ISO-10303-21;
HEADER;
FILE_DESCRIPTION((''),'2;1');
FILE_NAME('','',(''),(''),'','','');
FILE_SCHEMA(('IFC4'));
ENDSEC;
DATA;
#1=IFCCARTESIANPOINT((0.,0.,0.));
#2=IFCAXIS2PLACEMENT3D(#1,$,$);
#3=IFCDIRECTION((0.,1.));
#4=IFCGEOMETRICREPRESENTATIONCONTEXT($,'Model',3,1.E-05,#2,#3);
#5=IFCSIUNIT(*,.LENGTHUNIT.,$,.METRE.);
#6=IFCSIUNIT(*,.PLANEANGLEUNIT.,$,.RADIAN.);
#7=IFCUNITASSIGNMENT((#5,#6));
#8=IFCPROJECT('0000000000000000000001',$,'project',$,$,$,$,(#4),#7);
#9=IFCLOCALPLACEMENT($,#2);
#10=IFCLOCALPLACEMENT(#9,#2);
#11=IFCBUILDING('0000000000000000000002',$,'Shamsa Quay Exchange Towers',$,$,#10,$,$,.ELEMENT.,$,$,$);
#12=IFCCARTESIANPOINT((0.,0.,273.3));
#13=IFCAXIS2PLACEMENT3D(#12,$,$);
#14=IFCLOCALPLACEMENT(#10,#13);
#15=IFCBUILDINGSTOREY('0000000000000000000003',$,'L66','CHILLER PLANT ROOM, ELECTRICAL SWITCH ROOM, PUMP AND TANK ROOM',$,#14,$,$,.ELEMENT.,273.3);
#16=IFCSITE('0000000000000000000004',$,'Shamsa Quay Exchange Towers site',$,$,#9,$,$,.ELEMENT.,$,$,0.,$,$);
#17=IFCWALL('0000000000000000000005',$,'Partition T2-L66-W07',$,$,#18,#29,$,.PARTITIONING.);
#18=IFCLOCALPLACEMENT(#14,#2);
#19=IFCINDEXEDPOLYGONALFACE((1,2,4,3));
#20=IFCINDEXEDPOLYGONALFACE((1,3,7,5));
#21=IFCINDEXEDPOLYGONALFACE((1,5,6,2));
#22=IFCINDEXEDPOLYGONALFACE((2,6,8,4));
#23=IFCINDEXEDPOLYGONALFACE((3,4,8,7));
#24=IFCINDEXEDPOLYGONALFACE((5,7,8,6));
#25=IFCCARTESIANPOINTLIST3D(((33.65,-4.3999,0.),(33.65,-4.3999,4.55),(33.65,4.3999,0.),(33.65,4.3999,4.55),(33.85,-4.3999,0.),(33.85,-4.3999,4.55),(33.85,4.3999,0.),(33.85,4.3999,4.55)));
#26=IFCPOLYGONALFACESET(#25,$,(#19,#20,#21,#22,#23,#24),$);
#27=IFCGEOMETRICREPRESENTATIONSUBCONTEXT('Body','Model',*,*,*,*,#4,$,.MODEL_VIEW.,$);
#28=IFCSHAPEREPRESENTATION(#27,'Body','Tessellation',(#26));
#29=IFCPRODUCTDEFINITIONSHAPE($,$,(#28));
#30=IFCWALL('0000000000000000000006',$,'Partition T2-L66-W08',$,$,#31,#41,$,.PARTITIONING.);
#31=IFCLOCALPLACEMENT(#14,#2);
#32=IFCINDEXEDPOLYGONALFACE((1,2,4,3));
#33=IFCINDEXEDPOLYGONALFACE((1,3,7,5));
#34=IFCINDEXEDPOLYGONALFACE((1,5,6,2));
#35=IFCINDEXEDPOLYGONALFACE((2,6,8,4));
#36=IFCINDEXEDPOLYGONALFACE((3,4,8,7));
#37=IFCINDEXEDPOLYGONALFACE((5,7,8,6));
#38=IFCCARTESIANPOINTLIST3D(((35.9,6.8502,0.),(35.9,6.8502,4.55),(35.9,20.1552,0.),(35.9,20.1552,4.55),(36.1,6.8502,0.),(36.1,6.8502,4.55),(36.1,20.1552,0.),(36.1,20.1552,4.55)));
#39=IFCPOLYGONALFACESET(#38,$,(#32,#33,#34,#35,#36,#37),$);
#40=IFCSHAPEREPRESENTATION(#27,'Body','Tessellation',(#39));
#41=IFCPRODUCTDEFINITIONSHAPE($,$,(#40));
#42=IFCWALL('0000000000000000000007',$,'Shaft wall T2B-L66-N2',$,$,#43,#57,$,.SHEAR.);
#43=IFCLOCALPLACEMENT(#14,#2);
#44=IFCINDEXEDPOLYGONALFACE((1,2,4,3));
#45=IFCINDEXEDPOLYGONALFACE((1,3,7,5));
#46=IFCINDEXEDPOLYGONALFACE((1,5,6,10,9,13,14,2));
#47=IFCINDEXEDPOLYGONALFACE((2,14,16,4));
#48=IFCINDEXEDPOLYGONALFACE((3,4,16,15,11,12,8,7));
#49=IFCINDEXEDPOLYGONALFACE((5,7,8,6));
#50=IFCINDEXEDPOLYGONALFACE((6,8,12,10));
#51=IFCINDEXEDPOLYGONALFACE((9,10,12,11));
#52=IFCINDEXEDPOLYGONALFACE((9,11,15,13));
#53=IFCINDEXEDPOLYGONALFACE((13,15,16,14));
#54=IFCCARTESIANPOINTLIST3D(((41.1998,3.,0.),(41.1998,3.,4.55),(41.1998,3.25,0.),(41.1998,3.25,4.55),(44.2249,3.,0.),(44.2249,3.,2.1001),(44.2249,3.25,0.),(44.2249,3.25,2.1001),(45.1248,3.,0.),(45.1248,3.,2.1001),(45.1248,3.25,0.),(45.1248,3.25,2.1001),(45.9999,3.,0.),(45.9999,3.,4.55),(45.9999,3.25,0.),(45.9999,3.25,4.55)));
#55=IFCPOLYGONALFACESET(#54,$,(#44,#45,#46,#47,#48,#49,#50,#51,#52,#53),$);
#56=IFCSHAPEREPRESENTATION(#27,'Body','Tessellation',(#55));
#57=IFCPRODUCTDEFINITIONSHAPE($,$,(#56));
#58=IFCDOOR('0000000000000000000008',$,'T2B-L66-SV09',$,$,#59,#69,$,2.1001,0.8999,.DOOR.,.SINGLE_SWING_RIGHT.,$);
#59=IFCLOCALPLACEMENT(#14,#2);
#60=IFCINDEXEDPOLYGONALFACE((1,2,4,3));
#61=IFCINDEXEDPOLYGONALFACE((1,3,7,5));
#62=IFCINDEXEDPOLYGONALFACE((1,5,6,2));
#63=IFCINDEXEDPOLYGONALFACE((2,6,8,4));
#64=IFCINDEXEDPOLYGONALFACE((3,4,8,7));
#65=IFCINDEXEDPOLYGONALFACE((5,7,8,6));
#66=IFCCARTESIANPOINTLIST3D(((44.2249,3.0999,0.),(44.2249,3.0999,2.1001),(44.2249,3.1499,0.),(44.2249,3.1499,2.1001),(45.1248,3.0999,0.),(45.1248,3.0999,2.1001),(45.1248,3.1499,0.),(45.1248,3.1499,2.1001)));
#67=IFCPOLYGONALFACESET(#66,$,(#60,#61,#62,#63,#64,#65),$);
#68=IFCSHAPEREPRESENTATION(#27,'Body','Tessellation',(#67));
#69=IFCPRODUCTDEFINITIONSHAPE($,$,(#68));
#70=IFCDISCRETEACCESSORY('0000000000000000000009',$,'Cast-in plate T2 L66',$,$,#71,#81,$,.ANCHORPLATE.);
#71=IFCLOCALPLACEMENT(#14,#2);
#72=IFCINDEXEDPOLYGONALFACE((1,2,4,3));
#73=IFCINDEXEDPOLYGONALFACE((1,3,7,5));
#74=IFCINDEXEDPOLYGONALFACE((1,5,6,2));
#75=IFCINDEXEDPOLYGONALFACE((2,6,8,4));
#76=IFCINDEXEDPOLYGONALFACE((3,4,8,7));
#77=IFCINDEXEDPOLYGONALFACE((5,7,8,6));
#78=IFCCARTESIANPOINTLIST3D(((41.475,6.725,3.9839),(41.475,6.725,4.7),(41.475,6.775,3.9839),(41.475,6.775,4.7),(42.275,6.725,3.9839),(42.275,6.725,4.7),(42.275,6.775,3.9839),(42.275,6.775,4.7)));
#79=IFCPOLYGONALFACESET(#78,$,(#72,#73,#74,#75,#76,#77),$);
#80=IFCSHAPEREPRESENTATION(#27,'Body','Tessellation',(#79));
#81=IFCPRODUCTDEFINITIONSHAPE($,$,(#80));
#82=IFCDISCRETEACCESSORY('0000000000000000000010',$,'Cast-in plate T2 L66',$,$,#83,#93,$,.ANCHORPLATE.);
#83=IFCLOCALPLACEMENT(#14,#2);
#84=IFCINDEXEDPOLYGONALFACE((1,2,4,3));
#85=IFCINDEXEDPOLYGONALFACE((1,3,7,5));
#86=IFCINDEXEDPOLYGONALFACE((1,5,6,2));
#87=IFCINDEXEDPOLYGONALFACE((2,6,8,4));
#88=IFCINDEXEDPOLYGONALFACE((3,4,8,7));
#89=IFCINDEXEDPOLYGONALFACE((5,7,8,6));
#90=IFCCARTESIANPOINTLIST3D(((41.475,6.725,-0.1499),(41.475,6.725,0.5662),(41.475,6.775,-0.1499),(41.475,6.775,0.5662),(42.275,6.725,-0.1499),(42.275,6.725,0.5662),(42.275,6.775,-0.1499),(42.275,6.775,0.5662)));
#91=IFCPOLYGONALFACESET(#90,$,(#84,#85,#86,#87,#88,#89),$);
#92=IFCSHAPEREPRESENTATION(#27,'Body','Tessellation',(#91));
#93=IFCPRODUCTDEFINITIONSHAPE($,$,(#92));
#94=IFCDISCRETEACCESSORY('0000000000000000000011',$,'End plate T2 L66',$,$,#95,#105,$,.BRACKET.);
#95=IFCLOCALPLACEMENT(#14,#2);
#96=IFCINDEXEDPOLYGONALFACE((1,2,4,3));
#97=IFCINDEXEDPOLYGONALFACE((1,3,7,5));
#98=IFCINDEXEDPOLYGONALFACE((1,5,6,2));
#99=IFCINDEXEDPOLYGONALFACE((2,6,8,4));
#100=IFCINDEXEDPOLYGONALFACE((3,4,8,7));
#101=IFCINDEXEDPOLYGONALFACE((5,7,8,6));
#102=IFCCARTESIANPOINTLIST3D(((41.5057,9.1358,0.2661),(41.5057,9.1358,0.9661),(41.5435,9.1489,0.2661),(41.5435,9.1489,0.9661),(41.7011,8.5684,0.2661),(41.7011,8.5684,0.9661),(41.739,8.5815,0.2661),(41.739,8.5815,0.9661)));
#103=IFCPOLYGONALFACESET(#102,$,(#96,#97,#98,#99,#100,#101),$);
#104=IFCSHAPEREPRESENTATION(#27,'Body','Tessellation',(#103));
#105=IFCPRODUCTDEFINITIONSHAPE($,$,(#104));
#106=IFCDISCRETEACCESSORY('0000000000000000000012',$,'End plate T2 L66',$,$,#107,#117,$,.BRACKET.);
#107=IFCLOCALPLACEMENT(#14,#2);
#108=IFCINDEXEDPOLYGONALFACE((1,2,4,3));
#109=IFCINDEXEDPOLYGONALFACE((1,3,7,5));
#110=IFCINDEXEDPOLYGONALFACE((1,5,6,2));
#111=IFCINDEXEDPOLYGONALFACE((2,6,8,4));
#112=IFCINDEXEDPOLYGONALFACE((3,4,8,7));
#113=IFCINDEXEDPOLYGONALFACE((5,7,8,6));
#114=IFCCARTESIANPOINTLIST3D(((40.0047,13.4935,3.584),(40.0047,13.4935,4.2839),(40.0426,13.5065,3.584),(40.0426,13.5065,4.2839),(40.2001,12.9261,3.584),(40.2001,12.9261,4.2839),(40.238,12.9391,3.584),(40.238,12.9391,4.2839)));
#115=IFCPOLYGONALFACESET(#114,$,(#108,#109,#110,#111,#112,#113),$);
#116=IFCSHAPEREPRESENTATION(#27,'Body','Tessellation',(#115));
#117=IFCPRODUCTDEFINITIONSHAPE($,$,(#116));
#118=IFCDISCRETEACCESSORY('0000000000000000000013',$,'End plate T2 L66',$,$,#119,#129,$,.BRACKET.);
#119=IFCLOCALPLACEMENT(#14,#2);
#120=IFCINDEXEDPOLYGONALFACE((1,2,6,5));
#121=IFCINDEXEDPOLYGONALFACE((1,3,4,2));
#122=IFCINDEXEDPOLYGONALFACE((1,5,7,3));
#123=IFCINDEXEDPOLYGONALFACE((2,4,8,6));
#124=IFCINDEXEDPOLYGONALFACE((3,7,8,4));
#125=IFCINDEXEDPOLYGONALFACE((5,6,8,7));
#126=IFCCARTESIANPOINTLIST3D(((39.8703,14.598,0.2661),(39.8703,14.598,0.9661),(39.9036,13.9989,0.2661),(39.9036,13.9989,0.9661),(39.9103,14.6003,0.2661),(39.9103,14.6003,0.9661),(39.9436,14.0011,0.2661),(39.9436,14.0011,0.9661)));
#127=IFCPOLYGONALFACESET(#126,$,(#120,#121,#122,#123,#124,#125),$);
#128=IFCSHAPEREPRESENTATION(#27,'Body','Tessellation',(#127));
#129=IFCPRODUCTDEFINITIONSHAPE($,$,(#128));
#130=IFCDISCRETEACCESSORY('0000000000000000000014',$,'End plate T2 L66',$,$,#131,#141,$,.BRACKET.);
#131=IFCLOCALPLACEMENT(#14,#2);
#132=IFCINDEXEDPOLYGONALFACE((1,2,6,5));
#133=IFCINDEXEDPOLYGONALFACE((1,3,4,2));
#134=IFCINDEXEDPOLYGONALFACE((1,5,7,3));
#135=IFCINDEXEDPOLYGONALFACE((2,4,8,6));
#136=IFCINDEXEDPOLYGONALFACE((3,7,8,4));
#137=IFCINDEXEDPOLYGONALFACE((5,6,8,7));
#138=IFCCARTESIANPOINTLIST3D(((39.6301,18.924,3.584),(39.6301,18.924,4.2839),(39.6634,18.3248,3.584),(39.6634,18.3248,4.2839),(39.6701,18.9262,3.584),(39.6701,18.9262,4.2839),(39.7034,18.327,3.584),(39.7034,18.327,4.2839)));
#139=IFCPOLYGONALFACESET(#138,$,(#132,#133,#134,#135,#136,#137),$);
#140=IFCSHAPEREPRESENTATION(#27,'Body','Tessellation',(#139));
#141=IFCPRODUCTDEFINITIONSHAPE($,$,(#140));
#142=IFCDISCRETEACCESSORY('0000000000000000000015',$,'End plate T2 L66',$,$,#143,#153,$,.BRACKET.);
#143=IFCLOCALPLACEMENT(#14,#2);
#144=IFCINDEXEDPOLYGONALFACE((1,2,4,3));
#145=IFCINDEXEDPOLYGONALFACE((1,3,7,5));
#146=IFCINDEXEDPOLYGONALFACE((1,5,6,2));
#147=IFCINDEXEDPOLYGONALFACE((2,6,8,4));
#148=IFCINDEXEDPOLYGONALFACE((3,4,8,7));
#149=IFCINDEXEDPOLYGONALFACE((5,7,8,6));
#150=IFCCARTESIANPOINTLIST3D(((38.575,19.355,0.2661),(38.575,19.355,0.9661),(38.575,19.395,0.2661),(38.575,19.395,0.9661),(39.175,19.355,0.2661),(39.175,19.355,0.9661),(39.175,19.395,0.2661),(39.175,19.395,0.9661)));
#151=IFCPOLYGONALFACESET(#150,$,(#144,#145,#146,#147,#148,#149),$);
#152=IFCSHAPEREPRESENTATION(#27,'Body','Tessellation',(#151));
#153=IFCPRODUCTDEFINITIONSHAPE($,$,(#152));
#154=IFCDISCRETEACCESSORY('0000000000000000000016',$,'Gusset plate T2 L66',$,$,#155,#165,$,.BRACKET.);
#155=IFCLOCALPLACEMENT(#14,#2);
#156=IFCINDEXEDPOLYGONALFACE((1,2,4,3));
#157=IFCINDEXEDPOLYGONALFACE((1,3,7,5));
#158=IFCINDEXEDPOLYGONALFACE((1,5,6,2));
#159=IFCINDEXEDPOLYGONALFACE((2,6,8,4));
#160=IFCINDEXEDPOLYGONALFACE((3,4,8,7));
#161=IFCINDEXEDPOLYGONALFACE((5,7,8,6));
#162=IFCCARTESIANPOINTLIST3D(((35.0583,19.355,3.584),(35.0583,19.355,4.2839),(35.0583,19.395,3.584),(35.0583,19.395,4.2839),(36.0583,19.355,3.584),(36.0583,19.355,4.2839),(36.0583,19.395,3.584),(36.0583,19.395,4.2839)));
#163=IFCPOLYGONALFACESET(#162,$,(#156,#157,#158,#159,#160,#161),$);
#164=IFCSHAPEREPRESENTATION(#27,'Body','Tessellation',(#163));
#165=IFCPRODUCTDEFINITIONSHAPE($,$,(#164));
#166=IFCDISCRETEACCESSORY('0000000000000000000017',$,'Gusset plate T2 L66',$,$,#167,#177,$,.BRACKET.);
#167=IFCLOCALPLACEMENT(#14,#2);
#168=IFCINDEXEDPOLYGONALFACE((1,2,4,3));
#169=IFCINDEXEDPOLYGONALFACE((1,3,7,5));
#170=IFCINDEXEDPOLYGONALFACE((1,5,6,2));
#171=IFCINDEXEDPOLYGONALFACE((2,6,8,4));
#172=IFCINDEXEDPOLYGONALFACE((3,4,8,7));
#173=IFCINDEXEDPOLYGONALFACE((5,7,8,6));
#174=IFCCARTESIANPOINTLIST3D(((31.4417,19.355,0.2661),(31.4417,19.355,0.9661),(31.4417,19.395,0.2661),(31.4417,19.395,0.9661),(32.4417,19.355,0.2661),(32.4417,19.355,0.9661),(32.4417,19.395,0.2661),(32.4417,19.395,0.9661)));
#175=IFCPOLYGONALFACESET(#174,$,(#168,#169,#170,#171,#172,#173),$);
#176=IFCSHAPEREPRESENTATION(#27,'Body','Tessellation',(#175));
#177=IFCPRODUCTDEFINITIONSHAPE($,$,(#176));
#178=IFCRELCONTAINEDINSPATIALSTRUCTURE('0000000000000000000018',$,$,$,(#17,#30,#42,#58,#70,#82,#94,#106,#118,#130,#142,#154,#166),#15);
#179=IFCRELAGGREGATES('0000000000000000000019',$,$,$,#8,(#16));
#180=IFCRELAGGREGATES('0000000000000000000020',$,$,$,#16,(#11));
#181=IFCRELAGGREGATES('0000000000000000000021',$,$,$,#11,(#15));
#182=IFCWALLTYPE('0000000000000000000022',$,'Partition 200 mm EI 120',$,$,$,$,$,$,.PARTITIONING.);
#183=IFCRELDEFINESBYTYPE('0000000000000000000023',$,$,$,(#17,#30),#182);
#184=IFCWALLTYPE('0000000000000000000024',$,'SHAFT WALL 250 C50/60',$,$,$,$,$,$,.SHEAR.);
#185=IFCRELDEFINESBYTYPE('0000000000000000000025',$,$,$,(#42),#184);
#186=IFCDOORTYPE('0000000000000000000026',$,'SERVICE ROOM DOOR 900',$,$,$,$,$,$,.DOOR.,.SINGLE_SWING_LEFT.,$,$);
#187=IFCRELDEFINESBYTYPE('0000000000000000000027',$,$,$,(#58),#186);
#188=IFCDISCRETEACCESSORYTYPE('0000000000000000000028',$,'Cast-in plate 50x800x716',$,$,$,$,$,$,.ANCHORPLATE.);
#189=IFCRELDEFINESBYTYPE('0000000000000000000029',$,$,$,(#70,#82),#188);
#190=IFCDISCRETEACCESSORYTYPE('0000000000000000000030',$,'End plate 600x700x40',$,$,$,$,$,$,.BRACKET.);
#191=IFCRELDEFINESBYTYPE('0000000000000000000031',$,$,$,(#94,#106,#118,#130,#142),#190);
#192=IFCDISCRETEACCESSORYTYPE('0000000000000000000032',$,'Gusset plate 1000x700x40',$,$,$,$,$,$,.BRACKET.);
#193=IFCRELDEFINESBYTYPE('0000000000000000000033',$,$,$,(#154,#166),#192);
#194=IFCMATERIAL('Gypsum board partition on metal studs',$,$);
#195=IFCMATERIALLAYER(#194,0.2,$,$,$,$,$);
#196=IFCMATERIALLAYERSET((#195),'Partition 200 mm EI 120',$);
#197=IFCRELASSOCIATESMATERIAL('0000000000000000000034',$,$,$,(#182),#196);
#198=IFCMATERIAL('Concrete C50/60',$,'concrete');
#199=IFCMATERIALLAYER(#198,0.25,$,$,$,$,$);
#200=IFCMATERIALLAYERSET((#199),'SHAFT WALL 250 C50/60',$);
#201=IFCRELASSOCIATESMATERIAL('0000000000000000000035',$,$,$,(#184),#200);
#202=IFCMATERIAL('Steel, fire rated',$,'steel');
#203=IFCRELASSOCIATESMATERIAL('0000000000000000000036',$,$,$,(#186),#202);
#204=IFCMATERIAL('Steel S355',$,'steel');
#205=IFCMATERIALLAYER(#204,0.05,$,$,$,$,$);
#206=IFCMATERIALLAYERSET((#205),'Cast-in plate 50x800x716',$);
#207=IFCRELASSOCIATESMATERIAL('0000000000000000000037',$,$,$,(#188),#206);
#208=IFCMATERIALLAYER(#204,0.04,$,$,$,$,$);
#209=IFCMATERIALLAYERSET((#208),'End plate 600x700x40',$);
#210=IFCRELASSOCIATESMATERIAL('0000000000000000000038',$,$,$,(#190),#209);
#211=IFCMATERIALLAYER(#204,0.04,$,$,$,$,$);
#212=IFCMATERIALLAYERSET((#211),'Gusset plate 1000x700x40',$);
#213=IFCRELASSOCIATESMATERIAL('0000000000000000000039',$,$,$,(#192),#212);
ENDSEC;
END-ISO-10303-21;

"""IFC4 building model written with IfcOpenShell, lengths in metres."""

from ifc_helpers import new_model, si_unit, direction, frame, frame_2d, origin, origin_2d, place, context, subcontext, project, spatial, rectangle, extrude, material, layer, layer_set, type_object, element, fill, save


model = new_model("IFC4")

# Units and contexts
model_context = context("Model", 3, precision=1e-05, world=origin(), true_north=direction((0.0, 1.0)))
body_context = subcontext(model_context, "Body", "Model", "MODEL_VIEW")
ifc_project = project(units=[si_unit("LENGTHUNIT", "METRE"), si_unit("PLANEANGLEUNIT", "RADIAN")], contexts=[model_context])

# Site, building, storey
site_placement = place(None, origin())
site = spatial("IfcSite", under=ifc_project, at=site_placement, Name="Shamsa Quay Exchange Towers site", CompositionType="ELEMENT", RefElevation=0.0)
building_placement = place(site_placement, origin())
building = spatial("IfcBuilding", under=site, at=building_placement, Name="Shamsa Quay Exchange Towers", CompositionType="ELEMENT")
storey_placement = place(building_placement, frame((0.0, 0.0, 273.3)))
storey = spatial("IfcBuildingStorey", under=building, at=storey_placement, Name="L66", Description="CHILLER PLANT ROOM, ELECTRICAL SWITCH ROOM, PUMP AND TANK ROOM", CompositionType="ELEMENT", Elevation=273.3)

# Shared definitions
ifc_material_1 = material(Name="Steel S355", Category="steel")

# Walls
ifc_material_2 = material(Name="Gypsum board partition on metal studs")
ifc_layer_1 = layer(ifc_material_2, 0.2)
ifc_layer_set_1 = layer_set([ifc_layer_1], Name="Partition 200 mm EI 120")
wall_type_1 = type_object("IfcWallType", Name="Partition 200 mm EI 120", PredefinedType="PARTITIONING", material=ifc_layer_set_1)
wall_1_placement = place(storey_placement, frame((33.75, 4.3999, 0.0), z_axis=(0.0, 0.0, 1.0), x_axis=(0.0, -1.0, 0.0)))
element("IfcWall", 1, at=wall_1_placement, inside=storey, type_object=wall_type_1, Name="Partition T2-L66-W07", PredefinedType="PARTITIONING", context=body_context, shape_type="SweptSolid", body=[
    extrude(rectangle(XDim=8.7998, YDim=0.2, at=frame_2d((4.3999, 0.0))), origin(), (0.0, 0.0, 1.0), 4.55),
])
wall_2_placement = place(storey_placement, frame((36.0, 20.155, 0.0), z_axis=(0.0, 0.0, 1.0), x_axis=(0.0, -1.0, 0.0)))
element("IfcWall", 2, at=wall_2_placement, inside=storey, type_object=wall_type_1, Name="Partition T2-L66-W08", PredefinedType="PARTITIONING", context=body_context, shape_type="SweptSolid", body=[
    extrude(rectangle(XDim=13.3049, YDim=0.2, at=frame_2d((6.6523, 0.0))), origin(), (0.0, 0.0, 1.0), 4.55),
])

# Wall, opening, door
ifc_material_3 = material(Name="Concrete C50/60", Category="concrete")
ifc_layer_2 = layer(ifc_material_3, 0.25)
ifc_layer_set_2 = layer_set([ifc_layer_2], Name="SHAFT WALL 250 C50/60")
wall_type_2 = type_object("IfcWallType", Name="SHAFT WALL 250 C50/60", PredefinedType="SHEAR", material=ifc_layer_set_2)
wall_3_placement = place(storey_placement, frame((41.2, 3.125, 0.0)))
wall_3 = element("IfcWall", 3, at=wall_3_placement, inside=storey, type_object=wall_type_2, Name="Shaft wall T2B-L66-N2", PredefinedType="SHEAR", context=body_context, shape_type="SweptSolid", body=[
    extrude(rectangle(XDim=4.8, YDim=0.25, at=frame_2d((2.3999, 0.0))), origin(), (0.0, 0.0, 1.0), 4.55),
])
opening_placement = place(wall_3_placement, frame((3.0249, 0.0, 0.0)))
opening = element("IfcOpeningElement", 4, at=opening_placement, cuts=wall_3, PredefinedType="OPENING", context=body_context, shape_type="SweptSolid", body=[
    extrude(rectangle(XDim=0.8999, YDim=2.1001, at=frame_2d((0.45, 1.05))), frame((0.0, 0.135, 0.0), z_axis=(0.0, -1.0, 0.0), x_axis=(1.0, 0.0, 0.0)), (0.0, 0.0, 1.0), 0.27),
])
ifc_material_4 = material(Name="Steel, fire rated", Category="steel")
door_type = type_object("IfcDoorType", Name="SERVICE ROOM DOOR 900", OperationType="SINGLE_SWING_LEFT", PredefinedType="DOOR", material=ifc_material_4)
door_placement = place(opening_placement, origin())
door = element("IfcDoor", 5, at=door_placement, inside=storey, type_object=door_type, Name="T2B-L66-SV09", OperationType="SINGLE_SWING_RIGHT", OverallHeight=2.1001, OverallWidth=0.8999, PredefinedType="DOOR", context=body_context, shape_type="SweptSolid", body=[
    extrude(rectangle(XDim=0.8999, YDim=2.1001, at=frame_2d((0.45, 1.05))), frame((0.0, 0.0249, 0.0), z_axis=(0.0, -1.0, 0.0), x_axis=(1.0, 0.0, 0.0)), (0.0, 0.0, 1.0), 0.05),
])
fill(opening, door)

# Discrete accessories
ifc_layer_3 = layer(ifc_material_1, 0.05)
ifc_layer_set_3 = layer_set([ifc_layer_3], Name="Cast-in plate 50x800x716")
discrete_accessory_type_1 = type_object("IfcDiscreteAccessoryType", Name="Cast-in plate 50x800x716", PredefinedType="ANCHORPLATE", material=ifc_layer_set_3)
for number, where, z_axis, x_axis, name in (
    (6, (41.875, 6.75, 3.9839), (0.0, 0.0, 1.0), (0.0, -1.0, 0.0), "Cast-in plate T2 L66"),
    (7, (41.875, 6.75, -0.1499), (0.0, 0.0, 1.0), (0.0, -1.0, 0.0), "Cast-in plate T2 L66"),
):
    element("IfcDiscreteAccessory", number, at=place(storey_placement, frame(where, z_axis=z_axis, x_axis=x_axis)), inside=storey, type_object=discrete_accessory_type_1, Name=name, PredefinedType="ANCHORPLATE", context=body_context, shape_type="SweptSolid", body=[
        extrude(rectangle(XDim=0.05, YDim=0.8, at=origin_2d()), origin(), (0.0, 0.0, 1.0), 0.7161),
    ])
ifc_layer_4 = layer(ifc_material_1, 0.04)
ifc_layer_set_4 = layer_set([ifc_layer_4], Name="End plate 600x700x40")
discrete_accessory_type_2 = type_object("IfcDiscreteAccessoryType", Name="End plate 600x700x40", PredefinedType="BRACKET", material=ifc_layer_set_4)
for number, where, z_axis, x_axis, name in (
    (8, (41.6223, 8.8586, 0.2661), (0.0, 0.0, 1.0), (-0.325667, 0.945485, 0.0), "End plate T2 L66"),
    (9, (40.1213, 13.2163, 3.584), (0.0, 0.0, 1.0), (-0.325667, 0.945485, 0.0), "End plate T2 L66"),
    (10, (39.907, 14.2996, 0.2661), (0.0, 0.0, 1.0), (-0.05547, 0.99846, 0.0), "End plate T2 L66"),
    (11, (39.6667, 18.6255, 3.584), (0.0, 0.0, 1.0), (-0.05547, 0.99846, 0.0), "End plate T2 L66"),
    (12, (38.875, 19.375, 0.2661), (0.0, 0.0, 1.0), (-1.0, 0.0, 0.0), "End plate T2 L66"),
):
    element("IfcDiscreteAccessory", number, at=place(storey_placement, frame(where, z_axis=z_axis, x_axis=x_axis)), inside=storey, type_object=discrete_accessory_type_2, Name=name, PredefinedType="BRACKET", context=body_context, shape_type="SweptSolid", body=[
        extrude(rectangle(XDim=0.6001, YDim=0.04, at=origin_2d()), origin(), (0.0, 0.0, 1.0), 0.7),
    ])
ifc_layer_5 = layer(ifc_material_1, 0.04)
ifc_layer_set_5 = layer_set([ifc_layer_5], Name="Gusset plate 1000x700x40")
discrete_accessory_type_3 = type_object("IfcDiscreteAccessoryType", Name="Gusset plate 1000x700x40", PredefinedType="BRACKET", material=ifc_layer_set_5)
for number, where, z_axis, x_axis, name in (
    (13, (35.5583, 19.375, 3.584), (0.0, 0.0, 1.0), (-1.0, 0.0, 0.0), "Gusset plate T2 L66"),
    (14, (31.9417, 19.375, 0.2661), (0.0, 0.0, 1.0), (-1.0, 0.0, 0.0), "Gusset plate T2 L66"),
):
    element("IfcDiscreteAccessory", number, at=place(storey_placement, frame(where, z_axis=z_axis, x_axis=x_axis)), inside=storey, type_object=discrete_accessory_type_3, Name=name, PredefinedType="BRACKET", context=body_context, shape_type="SweptSolid", body=[
        extrude(rectangle(XDim=1.0, YDim=0.04, at=origin_2d()), origin(), (0.0, 0.0, 1.0), 0.7),
    ])

save(model, "model.ifc")
